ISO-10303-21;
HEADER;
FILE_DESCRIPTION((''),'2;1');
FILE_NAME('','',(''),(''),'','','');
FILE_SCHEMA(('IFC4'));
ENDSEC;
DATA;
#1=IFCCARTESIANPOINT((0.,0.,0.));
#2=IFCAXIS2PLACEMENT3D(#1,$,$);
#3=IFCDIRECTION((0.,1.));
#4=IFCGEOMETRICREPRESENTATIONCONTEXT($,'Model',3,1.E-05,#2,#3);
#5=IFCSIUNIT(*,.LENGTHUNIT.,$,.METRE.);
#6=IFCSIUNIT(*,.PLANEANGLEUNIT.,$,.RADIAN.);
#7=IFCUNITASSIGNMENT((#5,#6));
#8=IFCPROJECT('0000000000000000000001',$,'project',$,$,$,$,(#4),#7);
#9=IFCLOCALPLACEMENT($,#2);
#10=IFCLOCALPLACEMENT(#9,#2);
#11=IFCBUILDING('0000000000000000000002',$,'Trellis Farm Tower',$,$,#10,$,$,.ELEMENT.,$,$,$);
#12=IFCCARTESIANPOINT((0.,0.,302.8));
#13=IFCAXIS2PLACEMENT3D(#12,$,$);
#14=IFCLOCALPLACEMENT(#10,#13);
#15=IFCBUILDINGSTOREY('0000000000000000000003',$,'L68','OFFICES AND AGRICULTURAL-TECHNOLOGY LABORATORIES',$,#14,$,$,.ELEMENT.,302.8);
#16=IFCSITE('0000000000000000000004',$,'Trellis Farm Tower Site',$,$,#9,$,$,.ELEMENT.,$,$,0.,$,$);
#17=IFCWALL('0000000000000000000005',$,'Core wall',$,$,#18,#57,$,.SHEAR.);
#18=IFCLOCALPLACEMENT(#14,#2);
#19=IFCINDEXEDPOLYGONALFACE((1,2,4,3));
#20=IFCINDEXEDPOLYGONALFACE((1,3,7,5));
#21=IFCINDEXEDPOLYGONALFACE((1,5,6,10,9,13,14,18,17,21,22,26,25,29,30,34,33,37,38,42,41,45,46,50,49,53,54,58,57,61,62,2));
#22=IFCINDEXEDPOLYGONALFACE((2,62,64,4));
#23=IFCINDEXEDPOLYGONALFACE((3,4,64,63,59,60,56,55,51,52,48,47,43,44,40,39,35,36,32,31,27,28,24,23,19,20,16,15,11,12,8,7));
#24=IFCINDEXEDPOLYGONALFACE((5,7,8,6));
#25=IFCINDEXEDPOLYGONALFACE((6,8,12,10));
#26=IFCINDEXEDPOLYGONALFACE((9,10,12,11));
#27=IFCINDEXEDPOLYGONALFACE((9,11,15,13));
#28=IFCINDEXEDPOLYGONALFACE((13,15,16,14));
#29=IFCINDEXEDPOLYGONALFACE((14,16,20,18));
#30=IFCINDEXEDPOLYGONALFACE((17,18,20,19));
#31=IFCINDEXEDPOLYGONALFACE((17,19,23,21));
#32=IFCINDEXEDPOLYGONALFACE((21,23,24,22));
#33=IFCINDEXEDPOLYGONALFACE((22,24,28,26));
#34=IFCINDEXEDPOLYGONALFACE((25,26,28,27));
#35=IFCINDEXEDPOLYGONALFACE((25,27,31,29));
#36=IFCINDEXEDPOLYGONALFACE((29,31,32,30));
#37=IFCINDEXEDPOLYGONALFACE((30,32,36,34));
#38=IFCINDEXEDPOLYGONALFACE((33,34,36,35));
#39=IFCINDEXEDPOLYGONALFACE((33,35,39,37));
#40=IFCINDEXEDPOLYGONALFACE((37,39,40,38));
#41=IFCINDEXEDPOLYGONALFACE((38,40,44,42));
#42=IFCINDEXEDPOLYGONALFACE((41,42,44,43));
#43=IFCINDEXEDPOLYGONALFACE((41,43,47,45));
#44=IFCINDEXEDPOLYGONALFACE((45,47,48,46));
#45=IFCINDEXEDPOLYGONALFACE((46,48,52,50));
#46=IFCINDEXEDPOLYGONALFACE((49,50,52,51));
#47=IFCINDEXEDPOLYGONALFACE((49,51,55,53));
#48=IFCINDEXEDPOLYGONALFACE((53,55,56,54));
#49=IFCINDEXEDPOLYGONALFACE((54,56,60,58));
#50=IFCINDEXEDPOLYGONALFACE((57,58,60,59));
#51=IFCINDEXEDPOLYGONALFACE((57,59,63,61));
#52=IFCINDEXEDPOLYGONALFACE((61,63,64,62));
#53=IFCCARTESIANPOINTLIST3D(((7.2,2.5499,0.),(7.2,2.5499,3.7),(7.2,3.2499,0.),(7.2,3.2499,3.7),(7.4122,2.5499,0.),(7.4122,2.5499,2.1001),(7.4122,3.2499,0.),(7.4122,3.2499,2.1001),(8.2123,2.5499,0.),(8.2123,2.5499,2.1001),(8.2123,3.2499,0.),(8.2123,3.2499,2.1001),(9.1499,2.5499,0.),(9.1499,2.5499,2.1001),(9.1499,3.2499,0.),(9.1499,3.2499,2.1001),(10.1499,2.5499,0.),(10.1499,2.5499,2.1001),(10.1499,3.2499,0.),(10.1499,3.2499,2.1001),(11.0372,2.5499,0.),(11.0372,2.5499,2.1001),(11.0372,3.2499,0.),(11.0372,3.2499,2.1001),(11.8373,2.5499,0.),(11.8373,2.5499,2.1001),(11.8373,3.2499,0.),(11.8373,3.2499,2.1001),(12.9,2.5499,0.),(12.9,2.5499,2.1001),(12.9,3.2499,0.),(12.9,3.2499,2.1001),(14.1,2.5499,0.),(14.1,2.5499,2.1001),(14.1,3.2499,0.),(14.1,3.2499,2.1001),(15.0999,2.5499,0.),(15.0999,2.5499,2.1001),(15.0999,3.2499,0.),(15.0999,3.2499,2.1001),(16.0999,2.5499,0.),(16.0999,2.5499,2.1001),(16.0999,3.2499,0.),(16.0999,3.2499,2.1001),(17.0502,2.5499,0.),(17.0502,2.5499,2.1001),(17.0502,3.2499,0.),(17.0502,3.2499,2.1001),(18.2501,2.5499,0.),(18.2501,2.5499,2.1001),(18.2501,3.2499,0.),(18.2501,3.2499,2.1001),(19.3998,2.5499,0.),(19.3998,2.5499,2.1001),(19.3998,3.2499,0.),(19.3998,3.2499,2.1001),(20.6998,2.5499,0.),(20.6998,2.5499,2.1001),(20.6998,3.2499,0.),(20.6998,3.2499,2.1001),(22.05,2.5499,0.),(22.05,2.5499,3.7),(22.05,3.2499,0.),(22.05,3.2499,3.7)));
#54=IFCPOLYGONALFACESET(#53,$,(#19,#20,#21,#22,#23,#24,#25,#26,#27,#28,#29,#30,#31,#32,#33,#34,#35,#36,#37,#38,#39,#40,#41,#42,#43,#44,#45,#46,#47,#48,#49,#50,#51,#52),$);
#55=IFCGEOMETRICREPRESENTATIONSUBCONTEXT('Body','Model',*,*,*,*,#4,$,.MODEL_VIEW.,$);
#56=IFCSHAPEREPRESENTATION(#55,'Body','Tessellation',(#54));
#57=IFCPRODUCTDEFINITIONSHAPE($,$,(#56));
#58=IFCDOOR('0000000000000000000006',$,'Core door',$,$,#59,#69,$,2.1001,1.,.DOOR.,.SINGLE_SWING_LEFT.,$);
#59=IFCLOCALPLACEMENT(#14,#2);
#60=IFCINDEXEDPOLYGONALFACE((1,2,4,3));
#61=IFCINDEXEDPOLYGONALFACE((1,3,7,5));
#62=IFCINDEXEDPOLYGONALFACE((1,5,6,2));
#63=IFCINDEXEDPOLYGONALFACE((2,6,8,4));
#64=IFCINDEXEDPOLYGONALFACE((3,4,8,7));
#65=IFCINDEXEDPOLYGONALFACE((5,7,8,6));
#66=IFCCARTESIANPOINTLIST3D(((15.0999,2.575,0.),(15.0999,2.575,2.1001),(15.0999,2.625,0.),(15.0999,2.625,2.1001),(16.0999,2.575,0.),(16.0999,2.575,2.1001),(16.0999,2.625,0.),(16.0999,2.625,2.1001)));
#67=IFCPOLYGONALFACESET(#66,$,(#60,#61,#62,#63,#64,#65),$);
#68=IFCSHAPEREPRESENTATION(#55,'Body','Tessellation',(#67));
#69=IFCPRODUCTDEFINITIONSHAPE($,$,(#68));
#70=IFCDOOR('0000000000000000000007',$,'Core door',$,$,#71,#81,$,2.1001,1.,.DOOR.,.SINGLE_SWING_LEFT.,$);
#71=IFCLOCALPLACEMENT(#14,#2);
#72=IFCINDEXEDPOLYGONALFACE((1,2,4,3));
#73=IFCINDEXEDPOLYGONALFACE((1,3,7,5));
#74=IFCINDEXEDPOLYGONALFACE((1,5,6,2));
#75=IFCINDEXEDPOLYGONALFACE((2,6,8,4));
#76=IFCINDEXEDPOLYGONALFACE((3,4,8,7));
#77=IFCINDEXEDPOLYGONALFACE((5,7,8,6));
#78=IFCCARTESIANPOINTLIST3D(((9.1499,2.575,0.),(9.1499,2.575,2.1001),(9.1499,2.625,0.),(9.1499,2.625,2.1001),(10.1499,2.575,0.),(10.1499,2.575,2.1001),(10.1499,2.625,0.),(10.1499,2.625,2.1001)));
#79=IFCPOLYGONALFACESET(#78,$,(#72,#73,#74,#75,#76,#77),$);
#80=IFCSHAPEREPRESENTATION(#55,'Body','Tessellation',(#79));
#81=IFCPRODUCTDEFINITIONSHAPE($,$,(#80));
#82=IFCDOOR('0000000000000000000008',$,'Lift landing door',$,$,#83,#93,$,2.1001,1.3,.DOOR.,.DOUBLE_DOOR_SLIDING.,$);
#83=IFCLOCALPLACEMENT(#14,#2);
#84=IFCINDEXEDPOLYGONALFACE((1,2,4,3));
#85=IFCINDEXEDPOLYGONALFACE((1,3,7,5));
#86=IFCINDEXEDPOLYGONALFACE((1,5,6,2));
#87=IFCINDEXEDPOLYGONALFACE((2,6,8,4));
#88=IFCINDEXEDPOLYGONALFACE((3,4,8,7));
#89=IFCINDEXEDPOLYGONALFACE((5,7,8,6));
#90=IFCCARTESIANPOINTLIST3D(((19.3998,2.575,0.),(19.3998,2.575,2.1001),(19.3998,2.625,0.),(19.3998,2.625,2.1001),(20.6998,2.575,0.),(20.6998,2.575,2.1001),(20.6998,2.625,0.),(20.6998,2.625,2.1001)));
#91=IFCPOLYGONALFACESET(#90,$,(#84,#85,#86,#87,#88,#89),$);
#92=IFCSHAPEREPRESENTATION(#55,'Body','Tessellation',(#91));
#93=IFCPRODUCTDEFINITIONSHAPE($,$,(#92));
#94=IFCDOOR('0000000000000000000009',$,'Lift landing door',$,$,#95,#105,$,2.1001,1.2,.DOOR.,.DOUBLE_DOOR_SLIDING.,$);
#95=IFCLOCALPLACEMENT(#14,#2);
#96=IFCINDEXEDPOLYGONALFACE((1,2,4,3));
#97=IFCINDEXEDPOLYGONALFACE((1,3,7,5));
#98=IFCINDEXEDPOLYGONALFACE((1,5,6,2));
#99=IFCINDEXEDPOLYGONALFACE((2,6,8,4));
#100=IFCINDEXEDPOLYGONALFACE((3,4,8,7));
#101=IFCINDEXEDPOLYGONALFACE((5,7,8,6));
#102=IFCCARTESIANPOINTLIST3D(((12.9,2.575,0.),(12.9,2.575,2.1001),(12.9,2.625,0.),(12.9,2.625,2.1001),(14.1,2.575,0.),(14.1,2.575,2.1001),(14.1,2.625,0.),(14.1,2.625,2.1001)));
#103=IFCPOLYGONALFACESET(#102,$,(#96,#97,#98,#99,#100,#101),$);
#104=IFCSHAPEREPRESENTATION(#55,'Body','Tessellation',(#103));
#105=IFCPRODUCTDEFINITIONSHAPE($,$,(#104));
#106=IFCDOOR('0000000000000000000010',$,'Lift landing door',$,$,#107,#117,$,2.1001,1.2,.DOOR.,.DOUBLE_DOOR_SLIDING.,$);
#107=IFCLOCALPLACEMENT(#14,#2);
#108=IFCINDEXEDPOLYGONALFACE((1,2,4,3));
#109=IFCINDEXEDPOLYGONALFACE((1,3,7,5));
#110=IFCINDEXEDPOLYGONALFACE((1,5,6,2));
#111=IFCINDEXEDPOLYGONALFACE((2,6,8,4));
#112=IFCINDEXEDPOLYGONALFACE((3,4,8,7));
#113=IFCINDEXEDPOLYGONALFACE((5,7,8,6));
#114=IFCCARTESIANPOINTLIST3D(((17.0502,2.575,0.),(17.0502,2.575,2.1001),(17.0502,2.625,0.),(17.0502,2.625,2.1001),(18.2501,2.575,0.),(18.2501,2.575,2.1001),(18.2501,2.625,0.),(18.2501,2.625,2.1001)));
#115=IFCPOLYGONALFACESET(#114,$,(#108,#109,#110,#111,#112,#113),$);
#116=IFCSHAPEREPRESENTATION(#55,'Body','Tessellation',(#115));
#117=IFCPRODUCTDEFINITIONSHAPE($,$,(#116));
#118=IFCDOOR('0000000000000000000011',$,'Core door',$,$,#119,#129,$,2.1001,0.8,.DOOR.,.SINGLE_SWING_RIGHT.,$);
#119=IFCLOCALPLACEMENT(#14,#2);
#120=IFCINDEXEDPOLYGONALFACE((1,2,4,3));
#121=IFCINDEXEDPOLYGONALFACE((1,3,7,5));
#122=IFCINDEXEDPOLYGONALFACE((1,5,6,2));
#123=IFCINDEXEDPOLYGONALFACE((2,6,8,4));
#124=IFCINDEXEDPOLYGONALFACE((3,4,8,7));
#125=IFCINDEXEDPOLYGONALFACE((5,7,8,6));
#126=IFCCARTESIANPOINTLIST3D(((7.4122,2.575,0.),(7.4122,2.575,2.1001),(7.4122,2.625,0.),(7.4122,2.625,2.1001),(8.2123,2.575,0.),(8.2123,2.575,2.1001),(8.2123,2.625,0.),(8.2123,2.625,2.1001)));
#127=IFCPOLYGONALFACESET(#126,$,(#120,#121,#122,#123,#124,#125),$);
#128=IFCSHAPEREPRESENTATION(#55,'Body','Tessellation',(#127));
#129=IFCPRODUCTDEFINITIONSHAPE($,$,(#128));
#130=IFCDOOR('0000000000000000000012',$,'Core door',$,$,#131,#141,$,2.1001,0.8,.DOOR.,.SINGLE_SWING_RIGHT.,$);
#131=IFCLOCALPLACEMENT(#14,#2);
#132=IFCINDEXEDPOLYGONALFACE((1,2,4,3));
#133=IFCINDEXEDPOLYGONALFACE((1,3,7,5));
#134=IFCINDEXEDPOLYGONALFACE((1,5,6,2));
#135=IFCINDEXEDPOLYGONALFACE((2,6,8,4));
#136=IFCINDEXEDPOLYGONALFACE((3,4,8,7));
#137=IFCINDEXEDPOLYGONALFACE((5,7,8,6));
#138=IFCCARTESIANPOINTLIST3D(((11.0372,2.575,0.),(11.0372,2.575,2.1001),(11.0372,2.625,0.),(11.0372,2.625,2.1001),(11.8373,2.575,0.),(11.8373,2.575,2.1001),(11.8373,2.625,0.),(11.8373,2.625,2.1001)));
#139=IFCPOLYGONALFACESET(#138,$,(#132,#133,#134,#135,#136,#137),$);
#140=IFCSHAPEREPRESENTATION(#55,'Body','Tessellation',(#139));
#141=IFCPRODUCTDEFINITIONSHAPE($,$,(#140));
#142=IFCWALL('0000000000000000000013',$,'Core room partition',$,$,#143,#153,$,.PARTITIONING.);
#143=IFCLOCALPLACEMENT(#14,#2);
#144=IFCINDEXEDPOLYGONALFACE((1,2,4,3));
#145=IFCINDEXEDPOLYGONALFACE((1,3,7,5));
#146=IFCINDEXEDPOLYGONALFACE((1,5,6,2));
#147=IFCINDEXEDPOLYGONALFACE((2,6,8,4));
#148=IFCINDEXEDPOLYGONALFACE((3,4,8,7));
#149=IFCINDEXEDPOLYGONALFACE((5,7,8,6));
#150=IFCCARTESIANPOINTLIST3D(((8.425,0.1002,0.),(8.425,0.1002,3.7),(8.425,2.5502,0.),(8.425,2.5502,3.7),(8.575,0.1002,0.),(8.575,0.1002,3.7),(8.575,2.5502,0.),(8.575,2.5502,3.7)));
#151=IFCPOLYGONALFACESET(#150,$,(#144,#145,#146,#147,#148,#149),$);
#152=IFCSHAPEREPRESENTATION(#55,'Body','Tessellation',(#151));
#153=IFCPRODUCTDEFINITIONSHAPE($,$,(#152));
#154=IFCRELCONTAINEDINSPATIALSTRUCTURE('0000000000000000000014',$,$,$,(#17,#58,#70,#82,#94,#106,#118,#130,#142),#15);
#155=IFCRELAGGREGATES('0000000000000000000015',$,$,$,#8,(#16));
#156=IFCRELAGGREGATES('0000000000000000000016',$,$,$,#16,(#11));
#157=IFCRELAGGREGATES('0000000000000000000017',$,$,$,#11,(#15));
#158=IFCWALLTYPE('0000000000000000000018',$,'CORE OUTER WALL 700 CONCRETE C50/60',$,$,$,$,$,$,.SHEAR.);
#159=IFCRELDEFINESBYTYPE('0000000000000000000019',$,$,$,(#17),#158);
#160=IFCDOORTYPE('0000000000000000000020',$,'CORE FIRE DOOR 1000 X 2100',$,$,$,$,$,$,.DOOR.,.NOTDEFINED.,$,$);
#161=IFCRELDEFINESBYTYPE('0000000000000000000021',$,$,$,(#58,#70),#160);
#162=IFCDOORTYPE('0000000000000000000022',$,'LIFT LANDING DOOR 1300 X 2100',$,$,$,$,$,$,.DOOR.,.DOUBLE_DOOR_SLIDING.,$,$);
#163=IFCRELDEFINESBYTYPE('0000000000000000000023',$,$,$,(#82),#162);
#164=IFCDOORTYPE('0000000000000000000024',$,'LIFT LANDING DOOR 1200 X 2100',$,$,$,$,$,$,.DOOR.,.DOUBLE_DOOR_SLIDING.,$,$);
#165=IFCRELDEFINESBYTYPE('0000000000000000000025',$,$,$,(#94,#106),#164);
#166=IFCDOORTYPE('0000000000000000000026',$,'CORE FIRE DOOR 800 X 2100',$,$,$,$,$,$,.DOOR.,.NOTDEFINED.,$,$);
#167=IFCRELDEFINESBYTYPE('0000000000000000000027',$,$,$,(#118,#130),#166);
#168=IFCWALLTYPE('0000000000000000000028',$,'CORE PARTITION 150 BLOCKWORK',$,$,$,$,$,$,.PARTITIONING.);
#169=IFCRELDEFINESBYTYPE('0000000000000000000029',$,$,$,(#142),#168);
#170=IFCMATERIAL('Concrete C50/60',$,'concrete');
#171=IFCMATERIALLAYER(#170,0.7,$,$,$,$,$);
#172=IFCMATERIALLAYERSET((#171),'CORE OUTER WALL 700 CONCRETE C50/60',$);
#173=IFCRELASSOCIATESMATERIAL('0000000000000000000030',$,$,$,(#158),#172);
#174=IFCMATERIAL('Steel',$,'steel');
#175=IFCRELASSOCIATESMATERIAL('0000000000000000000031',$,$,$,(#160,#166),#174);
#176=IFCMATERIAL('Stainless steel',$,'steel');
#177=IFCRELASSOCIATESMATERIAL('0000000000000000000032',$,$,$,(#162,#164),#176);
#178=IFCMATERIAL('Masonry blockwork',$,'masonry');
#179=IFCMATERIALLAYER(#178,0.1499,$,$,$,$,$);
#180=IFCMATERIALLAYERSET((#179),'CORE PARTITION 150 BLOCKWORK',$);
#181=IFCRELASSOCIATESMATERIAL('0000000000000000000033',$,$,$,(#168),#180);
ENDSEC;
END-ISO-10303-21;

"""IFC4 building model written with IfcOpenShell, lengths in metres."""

from ifc_helpers import new_model, si_unit, direction, frame, frame_2d, origin, place, context, subcontext, project, spatial, rectangle, extrude, source, transform, mapped, material, layer, layer_set, type_object, element, fill, save


model = new_model("IFC4")

# Units and contexts
model_context = context("Model", 3, precision=1e-05, world=origin(), true_north=direction((0.0, 1.0)))
body_context = subcontext(model_context, "Body", "Model", "MODEL_VIEW")
ifc_project = project(units=[si_unit("LENGTHUNIT", "METRE"), si_unit("PLANEANGLEUNIT", "RADIAN")], contexts=[model_context])

# Site, building, storey
site_placement = place(None, origin())
site = spatial("IfcSite", under=ifc_project, at=site_placement, Name="Trellis Farm Tower Site", CompositionType="ELEMENT", RefElevation=0.0)
building_placement = place(site_placement, origin())
building = spatial("IfcBuilding", under=site, at=building_placement, Name="Trellis Farm Tower", CompositionType="ELEMENT")
storey_placement = place(building_placement, frame((0.0, 0.0, 302.8)))
storey = spatial("IfcBuildingStorey", under=building, at=storey_placement, Name="L68", Description="OFFICES AND AGRICULTURAL-TECHNOLOGY LABORATORIES", CompositionType="ELEMENT", Elevation=302.8)

# Wall, openings, doors
ifc_material_1 = material(Name="Concrete C50/60", Category="concrete")
ifc_layer_1 = layer(ifc_material_1, 0.7)
ifc_layer_set_1 = layer_set([ifc_layer_1], Name="CORE OUTER WALL 700 CONCRETE C50/60")
wall_type_1 = type_object("IfcWallType", Name="CORE OUTER WALL 700 CONCRETE C50/60", PredefinedType="SHEAR", material=ifc_layer_set_1)
shared_shape_1 = source(origin(), body_context, "Body", "SweptSolid", [
    extrude(rectangle(XDim=14.8501, YDim=0.7, at=frame_2d((7.425, 0.0))), origin(), (0.0, 0.0, 1.0), 3.7),
])
wall_1_placement = place(storey_placement, frame((7.2, 2.8999, 0.0), z_axis=(0.0, 0.0, 1.0), x_axis=(1.0, 0.0, 0.0)))
wall_1 = element("IfcWall", 1, at=wall_1_placement, inside=storey, type_object=wall_type_1, Name="Core wall", PredefinedType="SHEAR", context=body_context, shape_type="MappedRepresentation", body=[
    mapped(shared_shape_1, transform((0.0, 0.0, 0.0))),
])
shared_shape_2 = source(origin(), body_context, "Body", "SweptSolid", [
    extrude(rectangle(XDim=1.2, YDim=2.1001, at=frame_2d((0.6001, 1.05))), frame((0.0, 0.3601, 0.0), z_axis=(0.0, -1.0, 0.0), x_axis=(1.0, 0.0, 0.0)), (0.0, 0.0, 1.0), 0.7202),
])
opening_1_placement = place(wall_1_placement, frame((5.7, 0.0, 0.0)))
opening_1 = element("IfcOpeningElement", 2, at=opening_1_placement, cuts=wall_1, PredefinedType="OPENING", context=body_context, shape_type="MappedRepresentation", body=[
    mapped(shared_shape_2, transform((0.0, 0.0, 0.0))),
])
shared_shape_3 = source(origin(), body_context, "Body", "SweptSolid", [
    extrude(rectangle(XDim=1.3, YDim=2.1001, at=frame_2d((0.6499, 1.05))), frame((0.0, 0.3601, 0.0), z_axis=(0.0, -1.0, 0.0), x_axis=(1.0, 0.0, 0.0)), (0.0, 0.0, 1.0), 0.7202),
])
opening_2_placement = place(wall_1_placement, frame((12.2, 0.0, 0.0)))
opening_2 = element("IfcOpeningElement", 3, at=opening_2_placement, cuts=wall_1, PredefinedType="OPENING", context=body_context, shape_type="MappedRepresentation", body=[
    mapped(shared_shape_3, transform((0.0, 0.0, 0.0))),
])
opening_3_placement = place(wall_1_placement, frame((9.8501, 0.0, 0.0)))
opening_3 = element("IfcOpeningElement", 4, at=opening_3_placement, cuts=wall_1, PredefinedType="OPENING", context=body_context, shape_type="MappedRepresentation", body=[
    mapped(shared_shape_2, transform((0.0, 0.0, 0.0))),
])
shared_shape_4 = source(origin(), body_context, "Body", "SweptSolid", [
    extrude(rectangle(XDim=1.0, YDim=2.1001, at=frame_2d((0.5, 1.05))), frame((0.0, 0.3601, 0.0), z_axis=(0.0, -1.0, 0.0), x_axis=(1.0, 0.0, 0.0)), (0.0, 0.0, 1.0), 0.7202),
])
opening_4_placement = place(wall_1_placement, frame((7.8999, 0.0, 0.0)))
opening_4 = element("IfcOpeningElement", 5, at=opening_4_placement, cuts=wall_1, PredefinedType="OPENING", context=body_context, shape_type="MappedRepresentation", body=[
    mapped(shared_shape_4, transform((0.0, 0.0, 0.0))),
])
shared_shape_5 = source(origin(), body_context, "Body", "SweptSolid", [
    extrude(rectangle(XDim=0.8, YDim=2.1001, at=frame_2d((0.3999, 1.05))), frame((0.0, 0.3601, 0.0), z_axis=(0.0, -1.0, 0.0), x_axis=(1.0, 0.0, 0.0)), (0.0, 0.0, 1.0), 0.7202),
])
opening_5_placement = place(wall_1_placement, frame((0.2124, 0.0, 0.0)))
opening_5 = element("IfcOpeningElement", 6, at=opening_5_placement, cuts=wall_1, PredefinedType="OPENING", context=body_context, shape_type="MappedRepresentation", body=[
    mapped(shared_shape_5, transform((0.0, 0.0, 0.0))),
])
opening_6_placement = place(wall_1_placement, frame((1.95, 0.0, 0.0)))
opening_6 = element("IfcOpeningElement", 7, at=opening_6_placement, cuts=wall_1, PredefinedType="OPENING", context=body_context, shape_type="MappedRepresentation", body=[
    mapped(shared_shape_4, transform((0.0, 0.0, 0.0))),
])
opening_7_placement = place(wall_1_placement, frame((3.8374, 0.0, 0.0)))
opening_7 = element("IfcOpeningElement", 8, at=opening_7_placement, cuts=wall_1, PredefinedType="OPENING", context=body_context, shape_type="MappedRepresentation", body=[
    mapped(shared_shape_5, transform((0.0, 0.0, 0.0))),
])
ifc_material_2 = material(Name="Steel", Category="steel")
door_type_1 = type_object("IfcDoorType", Name="CORE FIRE DOOR 1000 X 2100", OperationType="NOTDEFINED", PredefinedType="DOOR", material=ifc_material_2)
shared_shape_6 = source(origin(), body_context, "Body", "SweptSolid", [
    extrude(rectangle(XDim=1.0, YDim=2.1001, at=frame_2d((0.5, 1.05))), frame((0.0, -0.2749, 0.0), z_axis=(0.0, -1.0, 0.0), x_axis=(1.0, 0.0, 0.0)), (0.0, 0.0, 1.0), 0.05),
])
door_1_placement = place(opening_4_placement, origin())
door_1 = element("IfcDoor", 9, at=door_1_placement, inside=storey, type_object=door_type_1, Name="Core door", OperationType="SINGLE_SWING_LEFT", OverallHeight=2.1001, OverallWidth=1.0, PredefinedType="DOOR", context=body_context, shape_type="MappedRepresentation", body=[
    mapped(shared_shape_6, transform((0.0, 0.0, 0.0))),
])
fill(opening_4, door_1)
door_2_placement = place(opening_6_placement, origin())
door_2 = element("IfcDoor", 10, at=door_2_placement, inside=storey, type_object=door_type_1, Name="Core door", OperationType="SINGLE_SWING_LEFT", OverallHeight=2.1001, OverallWidth=1.0, PredefinedType="DOOR", context=body_context, shape_type="MappedRepresentation", body=[
    mapped(shared_shape_6, transform((0.0, 0.0, 0.0))),
])
fill(opening_6, door_2)
ifc_material_3 = material(Name="Stainless steel", Category="steel")
door_type_2 = type_object("IfcDoorType", Name="LIFT LANDING DOOR 1300 X 2100", OperationType="DOUBLE_DOOR_SLIDING", PredefinedType="DOOR", material=ifc_material_3)
shared_shape_7 = source(origin(), body_context, "Body", "SweptSolid", [
    extrude(rectangle(XDim=1.3, YDim=2.1001, at=frame_2d((0.6499, 1.05))), frame((0.0, -0.2749, 0.0), z_axis=(0.0, -1.0, 0.0), x_axis=(1.0, 0.0, 0.0)), (0.0, 0.0, 1.0), 0.05),
])
door_3_placement = place(opening_2_placement, origin())
door_3 = element("IfcDoor", 11, at=door_3_placement, inside=storey, type_object=door_type_2, Name="Lift landing door", OperationType="DOUBLE_DOOR_SLIDING", OverallHeight=2.1001, OverallWidth=1.3, PredefinedType="DOOR", context=body_context, shape_type="MappedRepresentation", body=[
    mapped(shared_shape_7, transform((0.0, 0.0, 0.0))),
])
fill(opening_2, door_3)
door_type_3 = type_object("IfcDoorType", Name="LIFT LANDING DOOR 1200 X 2100", OperationType="DOUBLE_DOOR_SLIDING", PredefinedType="DOOR", material=ifc_material_3)
shared_shape_8 = source(origin(), body_context, "Body", "SweptSolid", [
    extrude(rectangle(XDim=1.2, YDim=2.1001, at=frame_2d((0.6001, 1.05))), frame((0.0, -0.2749, 0.0), z_axis=(0.0, -1.0, 0.0), x_axis=(1.0, 0.0, 0.0)), (0.0, 0.0, 1.0), 0.05),
])
door_4_placement = place(opening_1_placement, origin())
door_4 = element("IfcDoor", 12, at=door_4_placement, inside=storey, type_object=door_type_3, Name="Lift landing door", OperationType="DOUBLE_DOOR_SLIDING", OverallHeight=2.1001, OverallWidth=1.2, PredefinedType="DOOR", context=body_context, shape_type="MappedRepresentation", body=[
    mapped(shared_shape_8, transform((0.0, 0.0, 0.0))),
])
fill(opening_1, door_4)
door_5_placement = place(opening_3_placement, origin())
door_5 = element("IfcDoor", 13, at=door_5_placement, inside=storey, type_object=door_type_3, Name="Lift landing door", OperationType="DOUBLE_DOOR_SLIDING", OverallHeight=2.1001, OverallWidth=1.2, PredefinedType="DOOR", context=body_context, shape_type="MappedRepresentation", body=[
    mapped(shared_shape_8, transform((0.0, 0.0, 0.0))),
])
fill(opening_3, door_5)
door_type_4 = type_object("IfcDoorType", Name="CORE FIRE DOOR 800 X 2100", OperationType="NOTDEFINED", PredefinedType="DOOR", material=ifc_material_2)
shared_shape_9 = source(origin(), body_context, "Body", "SweptSolid", [
    extrude(rectangle(XDim=0.8, YDim=2.1001, at=frame_2d((0.3999, 1.05))), frame((0.0, -0.2749, 0.0), z_axis=(0.0, -1.0, 0.0), x_axis=(1.0, 0.0, 0.0)), (0.0, 0.0, 1.0), 0.05),
])
door_6_placement = place(opening_5_placement, origin())
door_6 = element("IfcDoor", 14, at=door_6_placement, inside=storey, type_object=door_type_4, Name="Core door", OperationType="SINGLE_SWING_RIGHT", OverallHeight=2.1001, OverallWidth=0.8, PredefinedType="DOOR", context=body_context, shape_type="MappedRepresentation", body=[
    mapped(shared_shape_9, transform((0.0, 0.0, 0.0))),
])
fill(opening_5, door_6)
door_7_placement = place(opening_7_placement, origin())
door_7 = element("IfcDoor", 15, at=door_7_placement, inside=storey, type_object=door_type_4, Name="Core door", OperationType="SINGLE_SWING_RIGHT", OverallHeight=2.1001, OverallWidth=0.8, PredefinedType="DOOR", context=body_context, shape_type="MappedRepresentation", body=[
    mapped(shared_shape_9, transform((0.0, 0.0, 0.0))),
])
fill(opening_7, door_7)

# Wall
ifc_material_4 = material(Name="Masonry blockwork", Category="masonry")
ifc_layer_2 = layer(ifc_material_4, 0.1499)
ifc_layer_set_2 = layer_set([ifc_layer_2], Name="CORE PARTITION 150 BLOCKWORK")
wall_type_2 = type_object("IfcWallType", Name="CORE PARTITION 150 BLOCKWORK", PredefinedType="PARTITIONING", material=ifc_layer_set_2)
shared_shape_10 = source(origin(), body_context, "Body", "SweptSolid", [
    extrude(rectangle(XDim=2.45, YDim=0.1499, at=frame_2d((1.2251, 0.0))), origin(), (0.0, 0.0, 1.0), 3.7),
])
for number, where, z_axis, x_axis, name in (
    (16, (8.5, 0.1001, 0.0), (0.0, 0.0, 1.0), (0.0, 1.0, 0.0), "Core room partition"),
):
    element("IfcWall", number, at=place(storey_placement, frame(where, z_axis=z_axis, x_axis=x_axis)), inside=storey, type_object=wall_type_2, Name=name, PredefinedType="PARTITIONING", context=body_context, shape_type="MappedRepresentation", body=[
        mapped(shared_shape_10, transform((0.0, 0.0, 0.0))),
    ])

save(model, "model.ifc")
